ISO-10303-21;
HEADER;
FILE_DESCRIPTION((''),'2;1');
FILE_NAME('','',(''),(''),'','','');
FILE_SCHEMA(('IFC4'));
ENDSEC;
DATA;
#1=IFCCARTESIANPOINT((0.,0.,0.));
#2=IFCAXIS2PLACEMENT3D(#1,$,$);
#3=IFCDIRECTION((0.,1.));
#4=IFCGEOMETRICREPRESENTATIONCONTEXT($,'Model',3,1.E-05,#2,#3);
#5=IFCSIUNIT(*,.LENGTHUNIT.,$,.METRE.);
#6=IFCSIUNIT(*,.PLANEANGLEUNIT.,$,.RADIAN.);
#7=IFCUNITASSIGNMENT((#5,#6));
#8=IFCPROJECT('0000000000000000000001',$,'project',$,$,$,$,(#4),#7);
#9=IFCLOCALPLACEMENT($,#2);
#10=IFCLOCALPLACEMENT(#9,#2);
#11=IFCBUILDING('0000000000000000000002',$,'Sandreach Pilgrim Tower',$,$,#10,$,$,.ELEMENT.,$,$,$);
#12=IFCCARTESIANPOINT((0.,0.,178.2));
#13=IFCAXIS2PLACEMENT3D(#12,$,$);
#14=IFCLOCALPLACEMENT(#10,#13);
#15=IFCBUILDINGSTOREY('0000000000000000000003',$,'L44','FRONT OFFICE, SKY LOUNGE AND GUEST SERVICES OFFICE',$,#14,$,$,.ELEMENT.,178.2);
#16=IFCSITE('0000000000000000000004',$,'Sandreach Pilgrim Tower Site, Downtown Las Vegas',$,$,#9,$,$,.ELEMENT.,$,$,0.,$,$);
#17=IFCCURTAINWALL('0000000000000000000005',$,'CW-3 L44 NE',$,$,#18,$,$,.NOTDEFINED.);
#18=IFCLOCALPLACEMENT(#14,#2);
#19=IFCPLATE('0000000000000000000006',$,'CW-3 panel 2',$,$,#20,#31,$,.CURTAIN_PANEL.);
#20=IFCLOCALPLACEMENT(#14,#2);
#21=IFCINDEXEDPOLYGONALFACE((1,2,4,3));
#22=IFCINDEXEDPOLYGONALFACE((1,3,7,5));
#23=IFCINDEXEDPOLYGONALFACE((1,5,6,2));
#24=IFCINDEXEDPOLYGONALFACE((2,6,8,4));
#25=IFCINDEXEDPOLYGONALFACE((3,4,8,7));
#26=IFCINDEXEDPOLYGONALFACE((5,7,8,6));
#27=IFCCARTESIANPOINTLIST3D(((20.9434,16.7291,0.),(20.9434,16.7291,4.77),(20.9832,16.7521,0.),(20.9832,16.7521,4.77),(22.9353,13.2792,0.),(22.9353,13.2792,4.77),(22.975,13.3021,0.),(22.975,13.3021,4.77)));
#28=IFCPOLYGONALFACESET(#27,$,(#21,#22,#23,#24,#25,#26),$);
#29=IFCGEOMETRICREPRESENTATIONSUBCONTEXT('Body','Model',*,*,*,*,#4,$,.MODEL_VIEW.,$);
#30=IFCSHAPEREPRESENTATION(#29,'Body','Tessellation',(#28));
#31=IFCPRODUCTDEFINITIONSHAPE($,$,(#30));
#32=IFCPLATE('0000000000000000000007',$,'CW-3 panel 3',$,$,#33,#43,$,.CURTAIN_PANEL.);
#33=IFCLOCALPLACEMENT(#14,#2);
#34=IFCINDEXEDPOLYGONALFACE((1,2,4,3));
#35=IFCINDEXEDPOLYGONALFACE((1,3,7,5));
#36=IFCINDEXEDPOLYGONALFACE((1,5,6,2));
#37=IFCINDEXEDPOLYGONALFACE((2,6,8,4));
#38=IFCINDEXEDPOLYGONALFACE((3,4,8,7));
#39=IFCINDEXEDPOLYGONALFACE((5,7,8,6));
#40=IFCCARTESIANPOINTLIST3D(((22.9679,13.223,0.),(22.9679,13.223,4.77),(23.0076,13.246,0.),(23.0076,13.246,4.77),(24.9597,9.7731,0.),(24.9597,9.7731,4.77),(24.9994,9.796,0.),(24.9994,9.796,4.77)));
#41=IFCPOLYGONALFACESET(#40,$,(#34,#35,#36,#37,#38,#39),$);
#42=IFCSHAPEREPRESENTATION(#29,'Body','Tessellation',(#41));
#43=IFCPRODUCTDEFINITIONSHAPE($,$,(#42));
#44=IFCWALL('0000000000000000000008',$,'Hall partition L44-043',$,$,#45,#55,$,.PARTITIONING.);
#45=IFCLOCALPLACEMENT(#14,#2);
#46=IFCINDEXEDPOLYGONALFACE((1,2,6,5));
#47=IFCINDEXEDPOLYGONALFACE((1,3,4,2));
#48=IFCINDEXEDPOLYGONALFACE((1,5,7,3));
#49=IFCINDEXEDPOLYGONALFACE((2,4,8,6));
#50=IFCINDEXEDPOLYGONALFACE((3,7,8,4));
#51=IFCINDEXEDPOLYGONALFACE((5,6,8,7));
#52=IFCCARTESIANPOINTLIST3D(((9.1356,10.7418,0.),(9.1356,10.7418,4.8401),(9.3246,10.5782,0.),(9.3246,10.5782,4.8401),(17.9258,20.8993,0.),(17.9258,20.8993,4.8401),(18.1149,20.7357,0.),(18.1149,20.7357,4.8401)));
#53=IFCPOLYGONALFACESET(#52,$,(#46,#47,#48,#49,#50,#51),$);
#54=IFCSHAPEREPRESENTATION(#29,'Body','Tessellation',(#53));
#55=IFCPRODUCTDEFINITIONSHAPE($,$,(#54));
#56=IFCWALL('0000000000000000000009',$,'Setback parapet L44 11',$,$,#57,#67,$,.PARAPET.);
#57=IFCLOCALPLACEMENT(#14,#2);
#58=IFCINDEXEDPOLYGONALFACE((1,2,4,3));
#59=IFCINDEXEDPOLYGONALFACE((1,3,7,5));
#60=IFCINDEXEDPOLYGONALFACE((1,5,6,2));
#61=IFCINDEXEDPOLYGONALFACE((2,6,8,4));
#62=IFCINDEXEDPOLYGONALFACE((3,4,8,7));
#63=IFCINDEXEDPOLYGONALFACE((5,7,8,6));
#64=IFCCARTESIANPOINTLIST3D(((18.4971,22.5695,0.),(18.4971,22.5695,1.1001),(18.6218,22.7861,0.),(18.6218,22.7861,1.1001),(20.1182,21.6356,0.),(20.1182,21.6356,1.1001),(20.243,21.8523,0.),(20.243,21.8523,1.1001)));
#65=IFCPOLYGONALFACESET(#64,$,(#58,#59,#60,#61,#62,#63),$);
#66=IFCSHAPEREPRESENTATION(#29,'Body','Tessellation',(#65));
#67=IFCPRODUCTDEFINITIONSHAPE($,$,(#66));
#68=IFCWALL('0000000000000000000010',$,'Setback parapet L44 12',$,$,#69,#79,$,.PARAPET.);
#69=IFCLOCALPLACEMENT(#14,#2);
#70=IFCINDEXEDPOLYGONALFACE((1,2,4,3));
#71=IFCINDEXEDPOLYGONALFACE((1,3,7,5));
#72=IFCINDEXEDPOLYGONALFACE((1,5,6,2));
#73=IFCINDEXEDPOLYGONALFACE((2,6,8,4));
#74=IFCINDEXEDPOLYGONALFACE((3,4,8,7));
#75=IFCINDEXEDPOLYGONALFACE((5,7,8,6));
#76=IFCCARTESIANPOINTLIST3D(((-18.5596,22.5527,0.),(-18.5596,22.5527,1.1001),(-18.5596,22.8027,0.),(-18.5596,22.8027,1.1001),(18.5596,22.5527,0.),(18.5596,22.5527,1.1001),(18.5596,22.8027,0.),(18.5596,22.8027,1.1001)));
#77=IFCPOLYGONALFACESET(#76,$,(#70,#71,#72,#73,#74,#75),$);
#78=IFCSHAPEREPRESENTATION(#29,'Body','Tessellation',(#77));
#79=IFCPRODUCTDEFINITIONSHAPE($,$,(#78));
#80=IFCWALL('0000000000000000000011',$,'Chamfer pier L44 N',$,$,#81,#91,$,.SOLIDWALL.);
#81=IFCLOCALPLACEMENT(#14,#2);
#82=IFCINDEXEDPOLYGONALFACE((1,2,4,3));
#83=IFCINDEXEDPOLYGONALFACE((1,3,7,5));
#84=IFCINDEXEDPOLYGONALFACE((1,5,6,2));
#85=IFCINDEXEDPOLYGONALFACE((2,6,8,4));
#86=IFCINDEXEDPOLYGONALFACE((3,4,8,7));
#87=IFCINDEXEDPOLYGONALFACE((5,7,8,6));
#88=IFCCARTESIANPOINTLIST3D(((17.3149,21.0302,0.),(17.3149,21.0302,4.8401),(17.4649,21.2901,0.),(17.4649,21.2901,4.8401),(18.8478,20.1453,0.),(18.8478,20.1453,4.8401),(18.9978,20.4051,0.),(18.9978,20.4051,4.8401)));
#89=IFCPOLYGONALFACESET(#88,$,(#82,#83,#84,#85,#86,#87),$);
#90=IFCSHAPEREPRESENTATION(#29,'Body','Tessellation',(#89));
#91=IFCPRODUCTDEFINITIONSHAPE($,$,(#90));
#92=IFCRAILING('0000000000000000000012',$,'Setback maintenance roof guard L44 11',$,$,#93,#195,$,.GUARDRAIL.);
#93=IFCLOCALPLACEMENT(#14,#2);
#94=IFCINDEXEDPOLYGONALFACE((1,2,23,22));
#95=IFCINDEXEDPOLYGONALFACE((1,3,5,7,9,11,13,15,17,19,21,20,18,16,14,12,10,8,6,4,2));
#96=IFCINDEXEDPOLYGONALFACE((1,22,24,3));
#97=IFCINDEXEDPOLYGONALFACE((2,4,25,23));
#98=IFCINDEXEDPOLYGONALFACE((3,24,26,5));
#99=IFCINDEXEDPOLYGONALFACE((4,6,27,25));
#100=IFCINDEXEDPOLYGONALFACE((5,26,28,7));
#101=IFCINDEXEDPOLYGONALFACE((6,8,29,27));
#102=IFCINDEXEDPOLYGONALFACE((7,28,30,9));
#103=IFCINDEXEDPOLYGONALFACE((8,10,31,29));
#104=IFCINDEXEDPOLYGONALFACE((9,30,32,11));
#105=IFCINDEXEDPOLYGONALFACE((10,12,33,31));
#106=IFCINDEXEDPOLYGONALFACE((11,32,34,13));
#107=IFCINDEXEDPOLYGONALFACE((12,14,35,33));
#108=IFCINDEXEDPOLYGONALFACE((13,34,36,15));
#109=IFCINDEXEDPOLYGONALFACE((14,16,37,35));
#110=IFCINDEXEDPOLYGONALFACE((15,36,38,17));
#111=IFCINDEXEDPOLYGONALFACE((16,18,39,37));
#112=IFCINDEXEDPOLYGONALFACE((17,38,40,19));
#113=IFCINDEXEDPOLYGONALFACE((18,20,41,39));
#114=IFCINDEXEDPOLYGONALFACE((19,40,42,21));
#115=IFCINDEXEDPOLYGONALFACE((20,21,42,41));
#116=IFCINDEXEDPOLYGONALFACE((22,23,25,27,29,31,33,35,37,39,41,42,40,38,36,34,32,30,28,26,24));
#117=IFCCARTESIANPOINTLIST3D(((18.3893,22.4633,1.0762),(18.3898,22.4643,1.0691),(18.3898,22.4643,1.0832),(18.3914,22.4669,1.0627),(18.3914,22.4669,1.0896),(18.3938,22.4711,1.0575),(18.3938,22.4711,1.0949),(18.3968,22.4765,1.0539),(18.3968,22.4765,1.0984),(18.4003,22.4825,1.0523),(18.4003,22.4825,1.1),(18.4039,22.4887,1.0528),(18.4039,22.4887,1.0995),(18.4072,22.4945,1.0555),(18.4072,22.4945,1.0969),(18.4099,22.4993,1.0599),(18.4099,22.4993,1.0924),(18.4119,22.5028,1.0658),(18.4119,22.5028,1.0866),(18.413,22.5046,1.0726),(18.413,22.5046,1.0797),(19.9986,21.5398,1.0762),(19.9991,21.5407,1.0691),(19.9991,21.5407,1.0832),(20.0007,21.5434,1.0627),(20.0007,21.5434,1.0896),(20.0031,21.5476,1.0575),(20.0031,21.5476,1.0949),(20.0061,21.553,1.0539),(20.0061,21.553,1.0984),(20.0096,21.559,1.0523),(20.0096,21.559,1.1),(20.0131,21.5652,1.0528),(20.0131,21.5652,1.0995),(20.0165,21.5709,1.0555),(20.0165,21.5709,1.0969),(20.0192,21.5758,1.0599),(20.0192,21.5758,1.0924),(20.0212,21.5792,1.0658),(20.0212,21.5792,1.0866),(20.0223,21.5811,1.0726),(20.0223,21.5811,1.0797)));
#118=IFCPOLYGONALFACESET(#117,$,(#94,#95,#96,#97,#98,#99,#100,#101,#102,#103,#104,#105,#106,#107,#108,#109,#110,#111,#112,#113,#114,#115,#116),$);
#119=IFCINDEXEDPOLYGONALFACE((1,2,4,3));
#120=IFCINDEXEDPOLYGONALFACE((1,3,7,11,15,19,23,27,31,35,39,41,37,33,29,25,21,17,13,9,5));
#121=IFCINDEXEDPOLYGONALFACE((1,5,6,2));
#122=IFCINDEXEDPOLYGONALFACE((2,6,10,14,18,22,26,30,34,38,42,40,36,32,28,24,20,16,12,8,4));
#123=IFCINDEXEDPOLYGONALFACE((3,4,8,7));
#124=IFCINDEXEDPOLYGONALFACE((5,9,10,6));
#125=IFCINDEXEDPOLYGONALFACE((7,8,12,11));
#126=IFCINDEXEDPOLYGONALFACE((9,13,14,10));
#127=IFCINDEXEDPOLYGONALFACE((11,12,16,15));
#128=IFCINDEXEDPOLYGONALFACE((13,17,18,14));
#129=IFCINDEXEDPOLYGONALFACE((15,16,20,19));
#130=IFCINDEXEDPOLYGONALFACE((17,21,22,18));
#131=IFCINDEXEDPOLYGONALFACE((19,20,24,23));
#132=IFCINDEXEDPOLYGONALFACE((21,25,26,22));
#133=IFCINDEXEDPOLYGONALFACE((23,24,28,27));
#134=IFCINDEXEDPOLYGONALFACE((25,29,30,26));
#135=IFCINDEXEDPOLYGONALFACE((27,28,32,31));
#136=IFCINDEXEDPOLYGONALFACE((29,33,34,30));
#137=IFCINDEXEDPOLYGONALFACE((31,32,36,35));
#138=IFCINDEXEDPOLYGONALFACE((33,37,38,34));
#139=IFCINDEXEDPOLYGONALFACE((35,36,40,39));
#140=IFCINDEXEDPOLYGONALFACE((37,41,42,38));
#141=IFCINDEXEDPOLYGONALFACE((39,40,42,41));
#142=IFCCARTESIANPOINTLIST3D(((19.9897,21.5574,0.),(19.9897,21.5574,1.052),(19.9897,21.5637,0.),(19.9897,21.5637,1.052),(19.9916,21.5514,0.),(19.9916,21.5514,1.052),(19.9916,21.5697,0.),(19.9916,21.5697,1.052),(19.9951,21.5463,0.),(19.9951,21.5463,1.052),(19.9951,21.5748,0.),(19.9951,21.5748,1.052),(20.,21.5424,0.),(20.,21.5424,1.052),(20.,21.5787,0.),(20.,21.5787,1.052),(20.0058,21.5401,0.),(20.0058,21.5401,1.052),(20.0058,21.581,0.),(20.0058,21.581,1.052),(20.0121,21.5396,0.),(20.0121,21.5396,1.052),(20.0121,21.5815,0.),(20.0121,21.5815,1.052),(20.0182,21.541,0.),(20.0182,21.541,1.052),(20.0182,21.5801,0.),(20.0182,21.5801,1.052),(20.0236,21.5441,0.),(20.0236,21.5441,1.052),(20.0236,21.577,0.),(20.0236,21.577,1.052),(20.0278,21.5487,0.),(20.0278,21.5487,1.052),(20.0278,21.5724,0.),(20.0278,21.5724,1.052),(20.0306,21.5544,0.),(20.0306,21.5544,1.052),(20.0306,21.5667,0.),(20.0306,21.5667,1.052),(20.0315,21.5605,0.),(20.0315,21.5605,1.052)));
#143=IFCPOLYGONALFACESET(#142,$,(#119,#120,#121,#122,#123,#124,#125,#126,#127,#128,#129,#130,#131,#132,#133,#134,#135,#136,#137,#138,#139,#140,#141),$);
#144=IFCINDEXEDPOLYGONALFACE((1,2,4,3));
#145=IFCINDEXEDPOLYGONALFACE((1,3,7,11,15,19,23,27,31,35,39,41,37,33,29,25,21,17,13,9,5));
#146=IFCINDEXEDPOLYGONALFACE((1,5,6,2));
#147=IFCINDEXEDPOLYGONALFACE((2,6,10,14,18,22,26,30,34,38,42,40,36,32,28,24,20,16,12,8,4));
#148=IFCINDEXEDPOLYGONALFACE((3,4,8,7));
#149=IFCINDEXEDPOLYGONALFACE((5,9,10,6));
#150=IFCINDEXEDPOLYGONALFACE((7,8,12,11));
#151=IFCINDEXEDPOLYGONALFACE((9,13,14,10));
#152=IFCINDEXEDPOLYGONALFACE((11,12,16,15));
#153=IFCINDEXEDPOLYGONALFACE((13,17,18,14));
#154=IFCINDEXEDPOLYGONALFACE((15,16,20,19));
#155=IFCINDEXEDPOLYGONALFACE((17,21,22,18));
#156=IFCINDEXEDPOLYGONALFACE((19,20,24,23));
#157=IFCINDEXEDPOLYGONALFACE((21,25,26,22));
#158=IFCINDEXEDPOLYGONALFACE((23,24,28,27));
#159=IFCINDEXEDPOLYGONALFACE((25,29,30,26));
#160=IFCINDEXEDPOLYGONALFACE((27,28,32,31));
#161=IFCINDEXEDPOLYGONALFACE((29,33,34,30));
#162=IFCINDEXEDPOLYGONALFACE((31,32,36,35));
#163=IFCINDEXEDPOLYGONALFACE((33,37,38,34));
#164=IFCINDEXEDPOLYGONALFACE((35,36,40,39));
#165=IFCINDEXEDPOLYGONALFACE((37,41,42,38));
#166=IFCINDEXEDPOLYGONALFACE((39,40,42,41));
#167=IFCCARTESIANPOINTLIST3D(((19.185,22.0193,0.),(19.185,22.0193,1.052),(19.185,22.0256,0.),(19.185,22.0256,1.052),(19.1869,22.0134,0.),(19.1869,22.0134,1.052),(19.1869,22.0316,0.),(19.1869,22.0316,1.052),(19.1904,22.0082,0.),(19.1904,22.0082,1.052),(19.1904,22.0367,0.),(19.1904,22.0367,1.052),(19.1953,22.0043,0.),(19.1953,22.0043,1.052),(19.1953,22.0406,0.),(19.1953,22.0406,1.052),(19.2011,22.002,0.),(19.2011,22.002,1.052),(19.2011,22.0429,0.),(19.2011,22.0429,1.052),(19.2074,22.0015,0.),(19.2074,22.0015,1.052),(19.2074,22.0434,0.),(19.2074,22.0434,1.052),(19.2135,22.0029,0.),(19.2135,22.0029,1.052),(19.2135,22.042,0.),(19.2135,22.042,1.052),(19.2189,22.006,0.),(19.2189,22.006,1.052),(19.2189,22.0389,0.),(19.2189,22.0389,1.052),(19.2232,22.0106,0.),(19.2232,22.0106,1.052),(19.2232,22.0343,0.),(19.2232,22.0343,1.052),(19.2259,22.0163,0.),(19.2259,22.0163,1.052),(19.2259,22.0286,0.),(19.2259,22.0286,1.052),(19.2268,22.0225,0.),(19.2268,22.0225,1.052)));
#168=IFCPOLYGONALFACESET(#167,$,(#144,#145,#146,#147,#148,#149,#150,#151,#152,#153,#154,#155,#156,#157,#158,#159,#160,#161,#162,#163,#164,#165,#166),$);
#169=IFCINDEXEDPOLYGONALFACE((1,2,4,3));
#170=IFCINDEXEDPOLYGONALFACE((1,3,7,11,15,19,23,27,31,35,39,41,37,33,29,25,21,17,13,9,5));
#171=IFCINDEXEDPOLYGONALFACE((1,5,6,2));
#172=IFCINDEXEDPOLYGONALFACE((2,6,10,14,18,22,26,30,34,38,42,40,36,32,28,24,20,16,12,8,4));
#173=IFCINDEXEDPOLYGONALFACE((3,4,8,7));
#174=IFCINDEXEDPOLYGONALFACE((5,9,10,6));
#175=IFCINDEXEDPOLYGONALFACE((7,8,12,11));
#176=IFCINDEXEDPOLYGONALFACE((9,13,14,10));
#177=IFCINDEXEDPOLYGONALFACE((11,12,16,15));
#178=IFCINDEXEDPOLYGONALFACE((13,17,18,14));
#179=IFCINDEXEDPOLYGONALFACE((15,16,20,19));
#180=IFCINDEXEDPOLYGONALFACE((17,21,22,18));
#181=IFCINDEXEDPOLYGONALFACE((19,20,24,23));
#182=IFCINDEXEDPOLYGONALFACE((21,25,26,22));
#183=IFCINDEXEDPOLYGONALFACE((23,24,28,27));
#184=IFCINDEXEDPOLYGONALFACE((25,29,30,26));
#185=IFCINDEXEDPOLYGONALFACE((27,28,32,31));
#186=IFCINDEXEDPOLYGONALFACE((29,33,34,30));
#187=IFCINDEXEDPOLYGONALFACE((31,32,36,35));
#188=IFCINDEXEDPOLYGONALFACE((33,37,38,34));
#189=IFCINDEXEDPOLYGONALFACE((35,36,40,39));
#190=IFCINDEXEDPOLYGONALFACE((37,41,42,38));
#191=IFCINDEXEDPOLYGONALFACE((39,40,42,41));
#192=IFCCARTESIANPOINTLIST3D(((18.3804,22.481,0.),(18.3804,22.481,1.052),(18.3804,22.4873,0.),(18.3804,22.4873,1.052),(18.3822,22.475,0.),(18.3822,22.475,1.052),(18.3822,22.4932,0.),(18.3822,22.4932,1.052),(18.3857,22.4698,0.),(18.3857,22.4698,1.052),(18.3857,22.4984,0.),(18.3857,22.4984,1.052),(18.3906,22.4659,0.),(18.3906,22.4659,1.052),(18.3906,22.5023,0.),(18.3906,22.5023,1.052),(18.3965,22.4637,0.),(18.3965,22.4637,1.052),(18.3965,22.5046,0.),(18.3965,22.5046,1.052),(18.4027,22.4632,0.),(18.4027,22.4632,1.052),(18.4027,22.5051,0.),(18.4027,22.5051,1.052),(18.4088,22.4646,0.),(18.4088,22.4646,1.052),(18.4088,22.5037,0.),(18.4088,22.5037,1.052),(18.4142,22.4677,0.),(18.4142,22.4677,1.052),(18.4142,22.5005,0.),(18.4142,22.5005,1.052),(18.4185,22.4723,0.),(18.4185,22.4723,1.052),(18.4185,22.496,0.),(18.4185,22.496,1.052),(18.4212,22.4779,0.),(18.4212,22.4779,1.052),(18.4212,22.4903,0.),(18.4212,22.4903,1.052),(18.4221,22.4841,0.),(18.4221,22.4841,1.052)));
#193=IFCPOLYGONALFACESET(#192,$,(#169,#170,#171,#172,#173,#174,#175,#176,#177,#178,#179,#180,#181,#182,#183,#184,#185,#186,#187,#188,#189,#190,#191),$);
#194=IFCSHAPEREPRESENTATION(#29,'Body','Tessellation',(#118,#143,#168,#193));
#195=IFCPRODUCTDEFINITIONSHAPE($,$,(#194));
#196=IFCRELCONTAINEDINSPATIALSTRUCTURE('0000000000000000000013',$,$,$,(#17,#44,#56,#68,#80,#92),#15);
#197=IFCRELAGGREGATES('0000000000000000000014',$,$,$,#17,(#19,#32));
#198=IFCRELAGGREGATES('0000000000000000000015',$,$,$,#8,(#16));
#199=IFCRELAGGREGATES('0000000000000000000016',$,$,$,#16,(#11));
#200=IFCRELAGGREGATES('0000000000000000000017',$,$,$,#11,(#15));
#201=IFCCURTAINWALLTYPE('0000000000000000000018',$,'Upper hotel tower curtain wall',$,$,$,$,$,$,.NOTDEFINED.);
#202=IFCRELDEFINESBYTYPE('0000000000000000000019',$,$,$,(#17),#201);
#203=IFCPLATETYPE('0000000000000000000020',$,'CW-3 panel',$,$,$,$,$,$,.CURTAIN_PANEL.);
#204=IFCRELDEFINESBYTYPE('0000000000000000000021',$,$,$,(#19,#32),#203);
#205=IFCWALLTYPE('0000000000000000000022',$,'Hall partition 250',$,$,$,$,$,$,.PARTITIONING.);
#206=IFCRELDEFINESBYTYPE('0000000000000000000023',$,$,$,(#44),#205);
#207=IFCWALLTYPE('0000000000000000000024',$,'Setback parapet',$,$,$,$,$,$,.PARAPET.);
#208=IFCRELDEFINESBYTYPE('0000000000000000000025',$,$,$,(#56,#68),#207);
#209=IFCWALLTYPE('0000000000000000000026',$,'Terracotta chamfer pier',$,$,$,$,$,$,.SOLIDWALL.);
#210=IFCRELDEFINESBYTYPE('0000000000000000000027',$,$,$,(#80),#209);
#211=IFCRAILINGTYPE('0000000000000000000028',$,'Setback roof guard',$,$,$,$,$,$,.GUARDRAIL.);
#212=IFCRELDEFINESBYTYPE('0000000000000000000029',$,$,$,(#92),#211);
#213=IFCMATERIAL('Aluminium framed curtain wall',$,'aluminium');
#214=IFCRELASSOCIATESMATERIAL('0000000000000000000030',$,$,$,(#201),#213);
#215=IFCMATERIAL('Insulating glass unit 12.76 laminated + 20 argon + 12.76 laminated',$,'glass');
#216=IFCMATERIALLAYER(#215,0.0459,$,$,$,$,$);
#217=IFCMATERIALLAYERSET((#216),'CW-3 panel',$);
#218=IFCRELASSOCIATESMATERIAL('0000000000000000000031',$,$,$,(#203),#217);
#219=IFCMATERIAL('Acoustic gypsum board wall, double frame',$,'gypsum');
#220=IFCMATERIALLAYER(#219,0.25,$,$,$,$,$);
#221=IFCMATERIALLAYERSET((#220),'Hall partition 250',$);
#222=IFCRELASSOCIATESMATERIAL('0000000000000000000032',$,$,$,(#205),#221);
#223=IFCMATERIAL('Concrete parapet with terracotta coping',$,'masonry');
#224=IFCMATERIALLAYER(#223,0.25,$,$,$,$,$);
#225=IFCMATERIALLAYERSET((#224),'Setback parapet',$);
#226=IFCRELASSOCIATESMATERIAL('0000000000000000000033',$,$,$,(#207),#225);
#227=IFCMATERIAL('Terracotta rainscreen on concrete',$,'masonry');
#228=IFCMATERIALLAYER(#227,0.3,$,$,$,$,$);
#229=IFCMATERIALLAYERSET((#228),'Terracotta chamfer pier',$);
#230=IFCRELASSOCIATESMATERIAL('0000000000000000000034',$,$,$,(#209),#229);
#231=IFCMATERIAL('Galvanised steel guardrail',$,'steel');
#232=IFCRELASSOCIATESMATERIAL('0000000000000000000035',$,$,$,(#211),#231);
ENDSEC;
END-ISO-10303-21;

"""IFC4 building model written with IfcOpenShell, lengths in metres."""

from ifc_helpers import new_model, si_unit, direction, frame, frame_2d, origin, origin_2d, place, context, subcontext, project, spatial, rectangle, circle, extrude, material, layer, layer_set, type_object, element, aggregate, save


model = new_model("IFC4")

# Units and contexts
model_context = context("Model", 3, precision=1e-05, world=origin(), true_north=direction((0.0, 1.0)))
body_context = subcontext(model_context, "Body", "Model", "MODEL_VIEW")
ifc_project = project(units=[si_unit("LENGTHUNIT", "METRE"), si_unit("PLANEANGLEUNIT", "RADIAN")], contexts=[model_context])

# Site, building, storey
site_placement = place(None, origin())
site = spatial("IfcSite", under=ifc_project, at=site_placement, Name="Sandreach Pilgrim Tower Site, Downtown Las Vegas", CompositionType="ELEMENT", RefElevation=0.0)
building_placement = place(site_placement, origin())
building = spatial("IfcBuilding", under=site, at=building_placement, Name="Sandreach Pilgrim Tower", CompositionType="ELEMENT")
storey_placement = place(building_placement, frame((0.0, 0.0, 178.2)))
storey = spatial("IfcBuildingStorey", under=building, at=storey_placement, Name="L44", Description="FRONT OFFICE, SKY LOUNGE AND GUEST SERVICES OFFICE", CompositionType="ELEMENT", Elevation=178.2)

# Shared definitions
ifc_material_1 = material(Name="Aluminium framed curtain wall", Category="aluminium")
curtain_wall_type = type_object("IfcCurtainWallType", Name="Upper hotel tower curtain wall", PredefinedType="NOTDEFINED", material=ifc_material_1)

# Curtain wall
curtain_wall_1_placement = place(storey_placement, origin())
curtain_wall_1 = element("IfcCurtainWall", 1, at=curtain_wall_1_placement, inside=storey, type_object=curtain_wall_type, Name="CW-3 L44 NE", PredefinedType="NOTDEFINED")

# Plates
ifc_material_2 = material(Name="Insulating glass unit 12.76 laminated + 20 argon + 12.76 laminated", Category="glass")
ifc_layer_1 = layer(ifc_material_2, 0.0459)
ifc_layer_set_1 = layer_set([ifc_layer_1], Name="CW-3 panel")
plate_type = type_object("IfcPlateType", Name="CW-3 panel", PredefinedType="CURTAIN_PANEL", material=ifc_layer_set_1)
plate_1_placement = place(storey_placement, frame((21.9592, 15.0156, 0.0), z_axis=(0.0, 0.0, 1.0), x_axis=(0.5, -0.866025, 0.0)))
plate_1 = element("IfcPlate", 2, at=plate_1_placement, type_object=plate_type, Name="CW-3 panel 2", PredefinedType="CURTAIN_PANEL", context=body_context, shape_type="SweptSolid", body=[
    extrude(rectangle(XDim=3.9836, YDim=0.0459, at=origin_2d()), origin(), (0.0, 0.0, 1.0), 4.77),
])
plate_2_placement = place(storey_placement, frame((23.9836, 11.5095, 0.0), z_axis=(0.0, 0.0, 1.0), x_axis=(0.5, -0.866025, 0.0)))
plate_2 = element("IfcPlate", 3, at=plate_2_placement, type_object=plate_type, Name="CW-3 panel 3", PredefinedType="CURTAIN_PANEL", context=body_context, shape_type="SweptSolid", body=[
    extrude(rectangle(XDim=3.9836, YDim=0.0459, at=origin_2d()), origin(), (0.0, 0.0, 1.0), 4.77),
])
aggregate(curtain_wall_1, [plate_1, plate_2])

# Walls
ifc_material_3 = material(Name="Acoustic gypsum board wall, double frame", Category="gypsum")
ifc_layer_2 = layer(ifc_material_3, 0.25)
ifc_layer_set_2 = layer_set([ifc_layer_2], Name="Hall partition 250")
wall_type_1 = type_object("IfcWallType", Name="Hall partition 250", PredefinedType="PARTITIONING", material=ifc_layer_set_2)
wall_1_placement = place(storey_placement, frame((18.0203, 20.8174, 0.0), z_axis=(0.0, 0.0, 1.0), x_axis=(-0.654384, -0.756163, 0.0)))
element("IfcWall", 4, at=wall_1_placement, inside=storey, type_object=wall_type_1, Name="Hall partition L44-043", PredefinedType="PARTITIONING", context=body_context, shape_type="SweptSolid", body=[
    extrude(rectangle(XDim=13.4329, YDim=0.25, at=frame_2d((6.7163, 0.0))), origin(), (0.0, 0.0, 1.0), 4.8401),
])
ifc_material_4 = material(Name="Concrete parapet with terracotta coping", Category="masonry")
ifc_layer_3 = layer(ifc_material_4, 0.25)
ifc_layer_set_3 = layer_set([ifc_layer_3], Name="Setback parapet")
wall_type_2 = type_object("IfcWallType", Name="Setback parapet", PredefinedType="PARAPET", material=ifc_layer_set_3)
wall_2_placement = place(storey_placement, frame((20.1807, 21.7439, 0.0), z_axis=(0.0, 0.0, 1.0), x_axis=(-0.866511, 0.499157, 0.0)))
element("IfcWall", 5, at=wall_2_placement, inside=storey, type_object=wall_type_2, Name="Setback parapet L44 11", PredefinedType="PARAPET", context=body_context, shape_type="SweptSolid", body=[
    extrude(rectangle(XDim=1.8708, YDim=0.25, at=frame_2d((0.9355, 0.0))), origin(), (0.0, 0.0, 1.0), 1.1001),
])
wall_3_placement = place(storey_placement, frame((18.5596, 22.6777, 0.0), z_axis=(0.0, 0.0, 1.0), x_axis=(-1.0, 0.0, 0.0)))
element("IfcWall", 6, at=wall_3_placement, inside=storey, type_object=wall_type_2, Name="Setback parapet L44 12", PredefinedType="PARAPET", context=body_context, shape_type="SweptSolid", body=[
    extrude(rectangle(XDim=37.1191, YDim=0.25, at=frame_2d((18.5596, 0.0))), origin(), (0.0, 0.0, 1.0), 1.1001),
])
ifc_material_5 = material(Name="Terracotta rainscreen on concrete", Category="masonry")
ifc_layer_4 = layer(ifc_material_5, 0.3)
ifc_layer_set_4 = layer_set([ifc_layer_4], Name="Terracotta chamfer pier")
wall_type_3 = type_object("IfcWallType", Name="Terracotta chamfer pier", PredefinedType="SOLIDWALL", material=ifc_layer_set_4)
wall_4_placement = place(storey_placement, frame((17.3899, 21.1602, 0.0), z_axis=(0.0, 0.0, 1.0), x_axis=(0.866036, -0.499981, 0.0)))
element("IfcWall", 7, at=wall_4_placement, inside=storey, type_object=wall_type_3, Name="Chamfer pier L44 N", PredefinedType="SOLIDWALL", context=body_context, shape_type="SweptSolid", body=[
    extrude(rectangle(XDim=1.77, YDim=0.3, at=frame_2d((0.885, 0.0))), origin(), (0.0, 0.0, 1.0), 4.8401),
])

# Railing
ifc_material_6 = material(Name="Galvanised steel guardrail", Category="steel")
railing_type = type_object("IfcRailingType", Name="Setback roof guard", PredefinedType="GUARDRAIL", material=ifc_material_6)
railing_1_placement = place(storey_placement, frame((20.0105, 21.5605, 0.0)))
element("IfcRailing", 8, at=railing_1_placement, inside=storey, type_object=railing_type, Name="Setback maintenance roof guard L44 11", PredefinedType="GUARDRAIL", context=body_context, shape_type="SweptSolid", body=[
    extrude(circle(Radius=0.0239, at=origin_2d()), frame((0.0, 0.0, 1.0762), z_axis=(-0.867327, 0.497739, 0.0), x_axis=(-0.497739, -0.867327, 0.0)), (0.0, 0.0, 1.0), 1.8555),
    extrude(circle(Radius=0.021, at=origin_2d()), origin(), (0.0, 0.0, 1.0), 1.052),
    extrude(circle(Radius=0.021, at=origin_2d()), frame((-0.8047, 0.4619, 0.0)), (0.0, 0.0, 1.0), 1.052),
    extrude(circle(Radius=0.021, at=origin_2d()), frame((-1.6094, 0.9236, 0.0)), (0.0, 0.0, 1.0), 1.052),
])

save(model, "model.ifc")
